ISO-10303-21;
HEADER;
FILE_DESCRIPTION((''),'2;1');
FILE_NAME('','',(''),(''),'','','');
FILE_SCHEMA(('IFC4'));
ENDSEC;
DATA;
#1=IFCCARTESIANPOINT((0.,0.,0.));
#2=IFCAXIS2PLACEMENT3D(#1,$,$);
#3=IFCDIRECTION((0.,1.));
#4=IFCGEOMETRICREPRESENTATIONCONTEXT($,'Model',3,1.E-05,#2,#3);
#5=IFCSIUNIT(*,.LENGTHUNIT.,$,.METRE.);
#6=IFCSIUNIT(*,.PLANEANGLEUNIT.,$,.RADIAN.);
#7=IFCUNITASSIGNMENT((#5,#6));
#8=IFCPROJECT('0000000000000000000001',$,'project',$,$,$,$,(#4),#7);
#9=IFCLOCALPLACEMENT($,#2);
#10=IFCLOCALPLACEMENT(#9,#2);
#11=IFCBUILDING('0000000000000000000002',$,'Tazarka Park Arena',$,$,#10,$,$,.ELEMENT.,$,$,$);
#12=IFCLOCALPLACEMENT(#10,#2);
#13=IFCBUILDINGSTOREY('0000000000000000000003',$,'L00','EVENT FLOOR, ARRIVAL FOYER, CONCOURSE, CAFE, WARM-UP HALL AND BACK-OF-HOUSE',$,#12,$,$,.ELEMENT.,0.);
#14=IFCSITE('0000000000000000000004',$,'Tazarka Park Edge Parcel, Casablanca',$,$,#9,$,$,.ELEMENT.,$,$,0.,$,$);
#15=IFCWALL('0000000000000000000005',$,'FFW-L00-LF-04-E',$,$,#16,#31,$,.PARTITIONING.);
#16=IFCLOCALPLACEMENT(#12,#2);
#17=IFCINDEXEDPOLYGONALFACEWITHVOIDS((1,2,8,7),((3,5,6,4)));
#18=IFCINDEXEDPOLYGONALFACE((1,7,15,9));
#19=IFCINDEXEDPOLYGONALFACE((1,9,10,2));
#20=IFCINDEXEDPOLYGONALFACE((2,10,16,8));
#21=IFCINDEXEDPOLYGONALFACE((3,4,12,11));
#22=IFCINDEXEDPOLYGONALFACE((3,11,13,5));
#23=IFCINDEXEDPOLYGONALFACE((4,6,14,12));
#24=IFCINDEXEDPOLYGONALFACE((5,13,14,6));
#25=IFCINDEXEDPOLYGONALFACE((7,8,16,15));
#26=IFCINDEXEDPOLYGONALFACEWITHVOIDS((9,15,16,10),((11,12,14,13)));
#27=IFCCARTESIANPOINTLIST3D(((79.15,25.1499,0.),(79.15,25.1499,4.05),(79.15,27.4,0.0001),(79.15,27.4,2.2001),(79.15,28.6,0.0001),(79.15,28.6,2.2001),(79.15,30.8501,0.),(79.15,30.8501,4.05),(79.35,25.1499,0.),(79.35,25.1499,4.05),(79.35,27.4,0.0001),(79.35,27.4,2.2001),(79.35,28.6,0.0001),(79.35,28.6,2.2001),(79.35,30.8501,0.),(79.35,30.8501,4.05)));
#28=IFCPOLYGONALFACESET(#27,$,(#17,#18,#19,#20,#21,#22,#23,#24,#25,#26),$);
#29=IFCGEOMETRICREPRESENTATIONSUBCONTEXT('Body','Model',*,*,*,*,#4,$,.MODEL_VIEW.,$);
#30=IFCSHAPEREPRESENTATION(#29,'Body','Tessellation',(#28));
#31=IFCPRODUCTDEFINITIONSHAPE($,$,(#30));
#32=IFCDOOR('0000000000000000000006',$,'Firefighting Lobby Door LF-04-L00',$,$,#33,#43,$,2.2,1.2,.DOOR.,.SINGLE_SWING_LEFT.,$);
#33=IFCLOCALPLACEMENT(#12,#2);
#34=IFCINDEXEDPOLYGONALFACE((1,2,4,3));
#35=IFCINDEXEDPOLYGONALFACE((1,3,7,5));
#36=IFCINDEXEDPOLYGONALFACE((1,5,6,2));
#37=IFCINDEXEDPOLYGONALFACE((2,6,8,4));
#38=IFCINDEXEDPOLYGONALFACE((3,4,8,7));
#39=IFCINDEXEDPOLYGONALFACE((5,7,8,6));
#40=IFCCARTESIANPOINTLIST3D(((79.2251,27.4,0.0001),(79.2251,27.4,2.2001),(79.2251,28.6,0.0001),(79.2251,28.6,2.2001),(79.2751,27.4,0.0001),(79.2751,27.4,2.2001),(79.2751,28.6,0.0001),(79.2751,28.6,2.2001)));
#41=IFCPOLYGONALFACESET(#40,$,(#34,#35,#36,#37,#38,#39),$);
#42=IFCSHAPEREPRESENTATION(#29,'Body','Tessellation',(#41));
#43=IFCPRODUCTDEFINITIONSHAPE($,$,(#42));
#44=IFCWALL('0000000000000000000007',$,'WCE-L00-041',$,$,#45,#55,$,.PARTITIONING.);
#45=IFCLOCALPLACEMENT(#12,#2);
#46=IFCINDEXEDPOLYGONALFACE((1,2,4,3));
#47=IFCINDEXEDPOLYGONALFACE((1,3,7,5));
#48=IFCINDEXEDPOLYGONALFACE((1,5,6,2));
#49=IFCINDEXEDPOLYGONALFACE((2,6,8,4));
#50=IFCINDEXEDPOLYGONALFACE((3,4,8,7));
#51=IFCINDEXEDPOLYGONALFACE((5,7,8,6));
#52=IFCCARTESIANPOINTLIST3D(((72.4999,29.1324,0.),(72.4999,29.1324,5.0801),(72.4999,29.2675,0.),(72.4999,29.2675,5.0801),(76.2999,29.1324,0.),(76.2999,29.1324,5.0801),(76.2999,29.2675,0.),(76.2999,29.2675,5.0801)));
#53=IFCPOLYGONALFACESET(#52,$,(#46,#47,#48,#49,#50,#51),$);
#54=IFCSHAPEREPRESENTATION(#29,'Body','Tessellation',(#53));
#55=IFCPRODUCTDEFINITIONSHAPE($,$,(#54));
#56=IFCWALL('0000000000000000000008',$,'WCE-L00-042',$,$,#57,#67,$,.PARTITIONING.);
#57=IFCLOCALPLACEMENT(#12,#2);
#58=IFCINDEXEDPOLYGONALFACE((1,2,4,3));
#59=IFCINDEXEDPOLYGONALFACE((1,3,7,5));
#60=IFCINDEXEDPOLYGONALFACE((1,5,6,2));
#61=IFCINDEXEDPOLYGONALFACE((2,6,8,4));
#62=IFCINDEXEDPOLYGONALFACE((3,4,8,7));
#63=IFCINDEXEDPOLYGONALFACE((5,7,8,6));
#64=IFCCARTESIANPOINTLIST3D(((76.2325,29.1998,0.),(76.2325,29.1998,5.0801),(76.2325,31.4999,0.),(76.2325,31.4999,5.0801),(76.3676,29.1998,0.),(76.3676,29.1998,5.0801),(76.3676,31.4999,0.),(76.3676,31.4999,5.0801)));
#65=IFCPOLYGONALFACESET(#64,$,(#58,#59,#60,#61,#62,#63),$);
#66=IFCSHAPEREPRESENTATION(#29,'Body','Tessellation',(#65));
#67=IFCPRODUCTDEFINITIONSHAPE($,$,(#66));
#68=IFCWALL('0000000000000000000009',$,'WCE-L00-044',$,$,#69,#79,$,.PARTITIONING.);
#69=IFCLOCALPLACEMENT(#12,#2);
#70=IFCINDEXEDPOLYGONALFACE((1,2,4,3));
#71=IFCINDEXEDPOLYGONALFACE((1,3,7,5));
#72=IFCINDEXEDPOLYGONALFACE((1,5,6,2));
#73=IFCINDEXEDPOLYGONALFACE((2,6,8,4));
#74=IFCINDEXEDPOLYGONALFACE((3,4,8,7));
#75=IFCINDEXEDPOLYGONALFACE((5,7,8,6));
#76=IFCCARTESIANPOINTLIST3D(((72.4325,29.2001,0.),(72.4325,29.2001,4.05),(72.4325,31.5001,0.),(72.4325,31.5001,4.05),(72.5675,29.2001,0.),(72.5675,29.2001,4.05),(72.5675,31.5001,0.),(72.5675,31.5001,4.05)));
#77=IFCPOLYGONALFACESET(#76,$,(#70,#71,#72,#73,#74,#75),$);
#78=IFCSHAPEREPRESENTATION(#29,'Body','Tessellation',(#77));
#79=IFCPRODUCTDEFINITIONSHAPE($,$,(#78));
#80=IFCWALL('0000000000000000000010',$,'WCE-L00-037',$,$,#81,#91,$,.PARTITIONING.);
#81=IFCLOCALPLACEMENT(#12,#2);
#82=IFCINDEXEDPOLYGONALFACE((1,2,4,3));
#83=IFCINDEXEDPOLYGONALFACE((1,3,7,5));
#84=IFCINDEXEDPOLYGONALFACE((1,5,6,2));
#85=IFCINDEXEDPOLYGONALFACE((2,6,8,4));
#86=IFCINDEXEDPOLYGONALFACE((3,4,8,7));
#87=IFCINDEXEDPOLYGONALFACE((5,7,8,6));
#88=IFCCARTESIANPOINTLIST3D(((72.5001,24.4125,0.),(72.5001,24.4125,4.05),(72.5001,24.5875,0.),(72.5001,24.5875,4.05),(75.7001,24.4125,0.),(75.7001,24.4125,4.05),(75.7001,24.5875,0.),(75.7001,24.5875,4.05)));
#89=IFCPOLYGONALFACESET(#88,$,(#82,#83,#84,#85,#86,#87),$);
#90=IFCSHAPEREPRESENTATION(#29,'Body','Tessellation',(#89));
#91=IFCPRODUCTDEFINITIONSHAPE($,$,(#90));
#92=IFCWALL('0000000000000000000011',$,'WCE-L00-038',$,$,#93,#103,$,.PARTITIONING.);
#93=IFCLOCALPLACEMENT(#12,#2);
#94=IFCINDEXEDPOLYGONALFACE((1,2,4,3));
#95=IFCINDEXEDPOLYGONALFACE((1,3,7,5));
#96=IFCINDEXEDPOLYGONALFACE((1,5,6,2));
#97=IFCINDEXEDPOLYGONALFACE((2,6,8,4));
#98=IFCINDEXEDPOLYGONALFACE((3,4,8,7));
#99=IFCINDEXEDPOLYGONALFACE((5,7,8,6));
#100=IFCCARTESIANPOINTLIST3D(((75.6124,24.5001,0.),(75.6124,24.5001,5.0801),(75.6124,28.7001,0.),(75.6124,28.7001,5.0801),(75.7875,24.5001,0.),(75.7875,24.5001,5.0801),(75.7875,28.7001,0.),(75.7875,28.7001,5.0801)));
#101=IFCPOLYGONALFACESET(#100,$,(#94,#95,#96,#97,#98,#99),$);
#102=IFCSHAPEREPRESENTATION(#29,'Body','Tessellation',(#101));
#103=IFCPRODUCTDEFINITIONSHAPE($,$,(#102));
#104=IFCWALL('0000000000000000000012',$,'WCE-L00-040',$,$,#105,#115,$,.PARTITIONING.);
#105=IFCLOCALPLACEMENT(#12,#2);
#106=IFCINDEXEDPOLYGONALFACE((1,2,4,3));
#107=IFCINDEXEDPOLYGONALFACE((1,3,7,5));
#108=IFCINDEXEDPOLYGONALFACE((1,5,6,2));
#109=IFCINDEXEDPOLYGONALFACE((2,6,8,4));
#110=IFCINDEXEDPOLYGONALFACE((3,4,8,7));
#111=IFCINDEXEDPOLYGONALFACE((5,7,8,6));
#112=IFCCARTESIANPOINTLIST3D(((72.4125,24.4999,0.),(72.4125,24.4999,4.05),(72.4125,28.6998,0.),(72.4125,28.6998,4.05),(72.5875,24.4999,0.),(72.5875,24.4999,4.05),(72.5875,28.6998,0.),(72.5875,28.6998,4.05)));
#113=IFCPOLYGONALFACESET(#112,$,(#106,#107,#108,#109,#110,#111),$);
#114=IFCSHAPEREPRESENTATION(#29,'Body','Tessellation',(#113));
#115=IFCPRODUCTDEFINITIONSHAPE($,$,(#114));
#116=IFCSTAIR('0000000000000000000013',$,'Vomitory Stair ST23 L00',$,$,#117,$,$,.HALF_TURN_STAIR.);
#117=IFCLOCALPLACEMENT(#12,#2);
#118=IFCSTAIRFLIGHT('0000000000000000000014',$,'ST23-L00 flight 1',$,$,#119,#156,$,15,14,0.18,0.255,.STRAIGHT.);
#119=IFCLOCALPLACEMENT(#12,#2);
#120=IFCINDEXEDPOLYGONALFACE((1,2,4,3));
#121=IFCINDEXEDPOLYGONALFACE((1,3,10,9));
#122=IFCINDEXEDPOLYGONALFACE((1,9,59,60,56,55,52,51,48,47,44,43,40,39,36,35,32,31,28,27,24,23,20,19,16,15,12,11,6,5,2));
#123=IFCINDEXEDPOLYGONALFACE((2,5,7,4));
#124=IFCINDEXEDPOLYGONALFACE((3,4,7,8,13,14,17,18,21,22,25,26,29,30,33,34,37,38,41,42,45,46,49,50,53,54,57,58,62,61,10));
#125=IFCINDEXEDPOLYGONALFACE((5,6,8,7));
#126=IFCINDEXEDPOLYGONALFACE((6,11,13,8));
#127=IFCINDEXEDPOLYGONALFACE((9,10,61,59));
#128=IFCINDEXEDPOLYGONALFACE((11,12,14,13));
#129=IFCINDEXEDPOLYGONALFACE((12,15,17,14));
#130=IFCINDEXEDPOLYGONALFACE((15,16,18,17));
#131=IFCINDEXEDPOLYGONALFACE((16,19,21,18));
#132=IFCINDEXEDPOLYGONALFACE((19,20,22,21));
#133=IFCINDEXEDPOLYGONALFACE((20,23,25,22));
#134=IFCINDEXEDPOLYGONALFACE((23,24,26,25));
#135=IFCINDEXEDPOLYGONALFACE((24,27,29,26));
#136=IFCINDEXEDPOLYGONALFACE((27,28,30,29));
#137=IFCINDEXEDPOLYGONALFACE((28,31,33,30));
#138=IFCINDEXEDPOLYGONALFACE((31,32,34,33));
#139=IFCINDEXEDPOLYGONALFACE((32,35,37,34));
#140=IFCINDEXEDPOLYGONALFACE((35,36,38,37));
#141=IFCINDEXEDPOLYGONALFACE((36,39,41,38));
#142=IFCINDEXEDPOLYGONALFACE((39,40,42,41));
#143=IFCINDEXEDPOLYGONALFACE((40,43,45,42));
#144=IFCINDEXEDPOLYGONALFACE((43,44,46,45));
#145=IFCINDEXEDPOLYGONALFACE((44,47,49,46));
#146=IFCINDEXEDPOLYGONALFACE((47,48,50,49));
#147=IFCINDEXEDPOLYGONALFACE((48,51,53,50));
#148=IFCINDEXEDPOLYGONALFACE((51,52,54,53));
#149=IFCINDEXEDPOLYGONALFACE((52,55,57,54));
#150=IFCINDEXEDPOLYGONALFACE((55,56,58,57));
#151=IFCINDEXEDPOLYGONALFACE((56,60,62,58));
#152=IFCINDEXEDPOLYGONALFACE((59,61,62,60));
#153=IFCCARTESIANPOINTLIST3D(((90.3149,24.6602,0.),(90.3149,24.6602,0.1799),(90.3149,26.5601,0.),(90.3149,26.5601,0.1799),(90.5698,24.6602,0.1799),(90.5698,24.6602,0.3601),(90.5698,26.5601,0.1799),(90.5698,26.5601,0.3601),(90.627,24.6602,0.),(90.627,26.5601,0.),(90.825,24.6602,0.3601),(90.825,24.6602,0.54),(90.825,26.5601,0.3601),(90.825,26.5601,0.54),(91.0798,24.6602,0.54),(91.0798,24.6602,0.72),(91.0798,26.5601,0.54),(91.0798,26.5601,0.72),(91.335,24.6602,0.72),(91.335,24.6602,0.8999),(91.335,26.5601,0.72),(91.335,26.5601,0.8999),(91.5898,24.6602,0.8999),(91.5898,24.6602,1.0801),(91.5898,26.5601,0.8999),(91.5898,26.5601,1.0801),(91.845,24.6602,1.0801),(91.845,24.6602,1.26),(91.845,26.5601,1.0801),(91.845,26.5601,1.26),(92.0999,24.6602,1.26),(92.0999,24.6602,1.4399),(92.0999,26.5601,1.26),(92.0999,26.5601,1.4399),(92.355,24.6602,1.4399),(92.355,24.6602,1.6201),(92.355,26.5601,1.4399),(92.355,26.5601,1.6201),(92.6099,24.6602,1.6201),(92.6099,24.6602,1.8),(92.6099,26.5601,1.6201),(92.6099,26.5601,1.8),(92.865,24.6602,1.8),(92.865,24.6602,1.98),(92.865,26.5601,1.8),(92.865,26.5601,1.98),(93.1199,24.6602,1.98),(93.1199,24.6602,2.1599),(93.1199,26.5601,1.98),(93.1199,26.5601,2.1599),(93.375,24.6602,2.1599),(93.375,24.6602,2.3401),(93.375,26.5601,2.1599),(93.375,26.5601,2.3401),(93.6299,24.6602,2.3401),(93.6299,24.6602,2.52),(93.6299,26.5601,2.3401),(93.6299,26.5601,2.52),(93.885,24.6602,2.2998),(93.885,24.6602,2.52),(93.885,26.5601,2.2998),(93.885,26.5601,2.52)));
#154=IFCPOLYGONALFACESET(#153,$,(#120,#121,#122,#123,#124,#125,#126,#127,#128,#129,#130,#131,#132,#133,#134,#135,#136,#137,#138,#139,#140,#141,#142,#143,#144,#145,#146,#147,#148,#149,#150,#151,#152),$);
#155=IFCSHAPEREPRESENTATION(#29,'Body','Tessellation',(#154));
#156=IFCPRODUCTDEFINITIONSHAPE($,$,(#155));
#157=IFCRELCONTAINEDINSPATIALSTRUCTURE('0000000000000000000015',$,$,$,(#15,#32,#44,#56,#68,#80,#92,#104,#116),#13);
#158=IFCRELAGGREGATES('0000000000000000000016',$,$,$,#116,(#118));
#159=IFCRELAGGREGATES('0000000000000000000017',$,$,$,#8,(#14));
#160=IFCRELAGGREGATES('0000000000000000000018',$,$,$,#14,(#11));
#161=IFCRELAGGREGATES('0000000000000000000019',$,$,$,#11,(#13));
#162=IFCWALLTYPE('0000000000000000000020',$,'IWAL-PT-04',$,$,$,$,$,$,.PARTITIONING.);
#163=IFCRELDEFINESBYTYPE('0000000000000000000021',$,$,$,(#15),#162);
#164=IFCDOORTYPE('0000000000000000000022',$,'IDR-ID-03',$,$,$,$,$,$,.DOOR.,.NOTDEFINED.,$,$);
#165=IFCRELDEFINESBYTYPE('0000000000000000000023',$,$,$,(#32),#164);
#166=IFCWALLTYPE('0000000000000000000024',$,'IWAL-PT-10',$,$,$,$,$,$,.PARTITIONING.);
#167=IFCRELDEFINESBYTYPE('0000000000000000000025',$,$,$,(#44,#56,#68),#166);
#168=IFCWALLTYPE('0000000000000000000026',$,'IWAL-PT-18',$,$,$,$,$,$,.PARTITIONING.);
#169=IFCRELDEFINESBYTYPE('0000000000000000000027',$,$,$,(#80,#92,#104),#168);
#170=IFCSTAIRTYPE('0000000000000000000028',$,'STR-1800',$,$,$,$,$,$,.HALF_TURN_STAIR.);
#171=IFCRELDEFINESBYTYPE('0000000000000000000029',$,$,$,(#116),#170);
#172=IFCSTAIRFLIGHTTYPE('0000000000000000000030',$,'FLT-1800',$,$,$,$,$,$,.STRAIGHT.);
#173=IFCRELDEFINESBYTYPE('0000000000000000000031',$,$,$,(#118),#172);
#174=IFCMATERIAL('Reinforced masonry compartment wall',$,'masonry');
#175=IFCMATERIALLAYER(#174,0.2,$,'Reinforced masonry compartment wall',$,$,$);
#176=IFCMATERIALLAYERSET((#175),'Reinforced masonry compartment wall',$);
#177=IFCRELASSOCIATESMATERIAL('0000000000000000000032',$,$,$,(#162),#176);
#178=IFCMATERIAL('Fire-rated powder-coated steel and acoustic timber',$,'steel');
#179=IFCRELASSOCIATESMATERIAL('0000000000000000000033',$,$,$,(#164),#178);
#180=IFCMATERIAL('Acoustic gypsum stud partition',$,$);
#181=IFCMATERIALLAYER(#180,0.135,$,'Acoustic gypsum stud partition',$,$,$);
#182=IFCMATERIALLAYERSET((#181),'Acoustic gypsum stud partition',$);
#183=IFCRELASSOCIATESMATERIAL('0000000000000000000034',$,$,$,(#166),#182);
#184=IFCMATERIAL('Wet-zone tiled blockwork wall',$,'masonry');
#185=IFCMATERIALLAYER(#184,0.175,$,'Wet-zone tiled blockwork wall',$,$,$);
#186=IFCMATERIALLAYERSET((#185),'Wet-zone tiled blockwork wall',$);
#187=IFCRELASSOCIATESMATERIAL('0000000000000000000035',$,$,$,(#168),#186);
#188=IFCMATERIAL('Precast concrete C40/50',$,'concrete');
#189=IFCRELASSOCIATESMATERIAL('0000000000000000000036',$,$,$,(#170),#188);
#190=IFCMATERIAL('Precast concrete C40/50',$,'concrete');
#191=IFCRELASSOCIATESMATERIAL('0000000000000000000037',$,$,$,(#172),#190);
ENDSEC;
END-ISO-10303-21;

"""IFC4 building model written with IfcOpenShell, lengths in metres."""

from ifc_helpers import new_model, si_unit, direction, frame, frame_2d, origin, place, context, subcontext, project, spatial, polyline, rectangle, outline, extrude, material, layer, layer_set, type_object, element, fill, aggregate, save


model = new_model("IFC4")

# Units and contexts
model_context = context("Model", 3, precision=1e-05, world=origin(), true_north=direction((0.0, 1.0)))
body_context = subcontext(model_context, "Body", "Model", "MODEL_VIEW")
ifc_project = project(units=[si_unit("LENGTHUNIT", "METRE"), si_unit("PLANEANGLEUNIT", "RADIAN")], contexts=[model_context])

# Site, building, storey
site_placement = place(None, origin())
site = spatial("IfcSite", under=ifc_project, at=site_placement, Name="Tazarka Park Edge Parcel, Casablanca", CompositionType="ELEMENT", RefElevation=0.0)
building_placement = place(site_placement, origin())
building = spatial("IfcBuilding", under=site, at=building_placement, Name="Tazarka Park Arena", CompositionType="ELEMENT")
storey_placement = place(building_placement, origin())
storey = spatial("IfcBuildingStorey", under=building, at=storey_placement, Name="L00", Description="EVENT FLOOR, ARRIVAL FOYER, CONCOURSE, CAFE, WARM-UP HALL AND BACK-OF-HOUSE", CompositionType="ELEMENT", Elevation=0.0)

# Shared definitions
ifc_material_1 = material(Name="Reinforced masonry compartment wall", Category="masonry")
ifc_layer_1 = layer(ifc_material_1, 0.2, Name="Reinforced masonry compartment wall")
ifc_layer_set_1 = layer_set([ifc_layer_1], Name="Reinforced masonry compartment wall")
wall_type_1 = type_object("IfcWallType", Name="IWAL-PT-04", PredefinedType="PARTITIONING", material=ifc_layer_set_1)

# Wall, opening, door
wall_1_placement = place(storey_placement, frame((79.25, 25.1499, 0.0), z_axis=(0.0, 0.0, 1.0), x_axis=(0.0, 1.0, 0.0)))
wall_1 = element("IfcWall", 1, at=wall_1_placement, inside=storey, type_object=wall_type_1, Name="FFW-L00-LF-04-E", PredefinedType="PARTITIONING", context=body_context, shape_type="SweptSolid", body=[
    extrude(rectangle(XDim=5.7002, YDim=0.2, at=frame_2d((2.8501, 0.0))), origin(), (0.0, 0.0, 1.0), 4.05),
])
opening_1_placement = place(wall_1_placement, frame((2.25, 0.0, 0.0)))
opening_1 = element("IfcOpeningElement", 2, at=opening_1_placement, cuts=wall_1, PredefinedType="OPENING", context=body_context, shape_type="SweptSolid", body=[
    extrude(rectangle(XDim=1.2, YDim=2.2, at=frame_2d((0.6001, 1.1001))), frame((0.0, 0.1099, 0.0), z_axis=(0.0, -1.0, 0.0), x_axis=(1.0, 0.0, 0.0)), (0.0, 0.0, 1.0), 0.22),
])
ifc_material_2 = material(Name="Fire-rated powder-coated steel and acoustic timber", Category="steel")
door_type_1 = type_object("IfcDoorType", Name="IDR-ID-03", OperationType="NOTDEFINED", PredefinedType="DOOR", material=ifc_material_2)
door_1_placement = place(opening_1_placement, origin())
door_1 = element("IfcDoor", 3, at=door_1_placement, inside=storey, type_object=door_type_1, Name="Firefighting Lobby Door LF-04-L00", OperationType="SINGLE_SWING_LEFT", OverallHeight=2.2, OverallWidth=1.2, PredefinedType="DOOR", context=body_context, shape_type="SweptSolid", body=[
    extrude(rectangle(XDim=1.2, YDim=2.2, at=frame_2d((0.6001, 1.1001))), frame((0.0, 0.0249, 0.0), z_axis=(0.0, -1.0, 0.0), x_axis=(1.0, 0.0, 0.0)), (0.0, 0.0, 1.0), 0.05),
])
fill(opening_1, door_1)

# Walls
ifc_material_3 = material(Name="Acoustic gypsum stud partition")
ifc_layer_2 = layer(ifc_material_3, 0.135, Name="Acoustic gypsum stud partition")
ifc_layer_set_2 = layer_set([ifc_layer_2], Name="Acoustic gypsum stud partition")
wall_type_2 = type_object("IfcWallType", Name="IWAL-PT-10", PredefinedType="PARTITIONING", material=ifc_layer_set_2)
wall_2_placement = place(storey_placement, frame((72.5, 29.2, 0.0), z_axis=(0.0, 0.0, 1.0), x_axis=(1.0, 0.0, 0.0)))
element("IfcWall", 4, at=wall_2_placement, inside=storey, type_object=wall_type_2, Name="WCE-L00-041", PredefinedType="PARTITIONING", context=body_context, shape_type="SweptSolid", body=[
    extrude(rectangle(XDim=3.8, YDim=0.135, at=frame_2d((1.8999, 0.0))), origin(), (0.0, 0.0, 1.0), 5.0801),
])
wall_3_placement = place(storey_placement, frame((76.3, 29.2, 0.0), z_axis=(0.0, 0.0, 1.0), x_axis=(0.0, 1.0, 0.0)))
element("IfcWall", 5, at=wall_3_placement, inside=storey, type_object=wall_type_2, Name="WCE-L00-042", PredefinedType="PARTITIONING", context=body_context, shape_type="SweptSolid", body=[
    extrude(rectangle(XDim=2.3, YDim=0.135, at=frame_2d((1.1499, 0.0))), origin(), (0.0, 0.0, 1.0), 5.0801),
])

# Walls
wall_4_placement = place(storey_placement, frame((72.5, 31.5, 0.0), z_axis=(0.0, 0.0, 1.0), x_axis=(0.0, -1.0, 0.0)))
element("IfcWall", 6, at=wall_4_placement, inside=storey, type_object=wall_type_2, Name="WCE-L00-044", PredefinedType="PARTITIONING", context=body_context, shape_type="SweptSolid", body=[
    extrude(rectangle(XDim=2.3, YDim=0.135, at=frame_2d((1.1499, 0.0))), origin(), (0.0, 0.0, 1.0), 4.05),
])
ifc_material_4 = material(Name="Wet-zone tiled blockwork wall", Category="masonry")
ifc_layer_3 = layer(ifc_material_4, 0.175, Name="Wet-zone tiled blockwork wall")
ifc_layer_set_3 = layer_set([ifc_layer_3], Name="Wet-zone tiled blockwork wall")
wall_type_3 = type_object("IfcWallType", Name="IWAL-PT-18", PredefinedType="PARTITIONING", material=ifc_layer_set_3)
wall_5_placement = place(storey_placement, frame((72.5, 24.5, 0.0), z_axis=(0.0, 0.0, 1.0), x_axis=(1.0, 0.0, 0.0)))
element("IfcWall", 7, at=wall_5_placement, inside=storey, type_object=wall_type_3, Name="WCE-L00-037", PredefinedType="PARTITIONING", context=body_context, shape_type="SweptSolid", body=[
    extrude(rectangle(XDim=3.2, YDim=0.175, at=frame_2d((1.6001, 0.0))), origin(), (0.0, 0.0, 1.0), 4.05),
])
wall_6_placement = place(storey_placement, frame((75.7, 24.5, 0.0), z_axis=(0.0, 0.0, 1.0), x_axis=(0.0, 1.0, 0.0)))
element("IfcWall", 8, at=wall_6_placement, inside=storey, type_object=wall_type_3, Name="WCE-L00-038", PredefinedType="PARTITIONING", context=body_context, shape_type="SweptSolid", body=[
    extrude(rectangle(XDim=4.2, YDim=0.175, at=frame_2d((2.1001, 0.0))), origin(), (0.0, 0.0, 1.0), 5.0801),
])

# Wall
wall_7_placement = place(storey_placement, frame((72.5, 28.7, 0.0), z_axis=(0.0, 0.0, 1.0), x_axis=(0.0, -1.0, 0.0)))
element("IfcWall", 9, at=wall_7_placement, inside=storey, type_object=wall_type_3, Name="WCE-L00-040", PredefinedType="PARTITIONING", context=body_context, shape_type="SweptSolid", body=[
    extrude(rectangle(XDim=4.2, YDim=0.175, at=frame_2d((2.1001, 0.0))), origin(), (0.0, 0.0, 1.0), 4.05),
])

# Stair, stair flight
ifc_material_5 = material(Name="Precast concrete C40/50", Category="concrete")
stair_type = type_object("IfcStairType", Name="STR-1800", PredefinedType="HALF_TURN_STAIR", material=ifc_material_5)
stair_placement = place(storey_placement, origin())
stair = element("IfcStair", 10, at=stair_placement, inside=storey, type_object=stair_type, Name="Vomitory Stair ST23 L00", PredefinedType="HALF_TURN_STAIR")
ifc_material_6 = material(Name="Precast concrete C40/50", Category="concrete")
stair_flight_type = type_object("IfcStairFlightType", Name="FLT-1800", PredefinedType="STRAIGHT", material=ifc_material_6)
stair_flight_placement = place(storey_placement, frame((90.3149, 25.6101, 0.0), z_axis=(0.0, 0.0, 1.0), x_axis=(1.0, 0.0, 0.0)))
stair_flight = element("IfcStairFlight", 11, at=stair_flight_placement, type_object=stair_flight_type, Name="ST23-L00 flight 1", NumberOfRisers=15, NumberOfTreads=14, PredefinedType="STRAIGHT", RiserHeight=0.18, TreadLength=0.255, context=body_context, shape_type="SweptSolid", body=[
    extrude(outline(polyline([(0.0, 0.0), (0.0, 0.1799), (0.2549, 0.1799), (0.2549, 0.3601), (0.51, 0.3601), (0.51, 0.54), (0.7649, 0.54), (0.7649, 0.72), (1.02, 0.72), (1.02, 0.8999), (1.2749, 0.8999), (1.2749, 1.0801), (1.53, 1.0801), (1.53, 1.26), (1.7849, 1.26), (1.7849, 1.4399), (2.04, 1.4399), (2.04, 1.6201), (2.2949, 1.6201), (2.2949, 1.8), (2.55, 1.8), (2.55, 1.98), (2.8049, 1.98), (2.8049, 2.1599), (3.0601, 2.1599), (3.0601, 2.3401), (3.3149, 2.3401), (3.3149, 2.52), (3.5701, 2.52), (3.5701, 2.7), (3.5701, 2.2998), (0.312, 0.0), (0.0, 0.0)])), frame((0.0, 0.95, 0.0), z_axis=(0.0, -1.0, 0.0), x_axis=(1.0, 0.0, 0.0)), (0.0, 0.0, 1.0), 1.8999),
])
aggregate(stair, [stair_flight])

save(model, "model.ifc")
